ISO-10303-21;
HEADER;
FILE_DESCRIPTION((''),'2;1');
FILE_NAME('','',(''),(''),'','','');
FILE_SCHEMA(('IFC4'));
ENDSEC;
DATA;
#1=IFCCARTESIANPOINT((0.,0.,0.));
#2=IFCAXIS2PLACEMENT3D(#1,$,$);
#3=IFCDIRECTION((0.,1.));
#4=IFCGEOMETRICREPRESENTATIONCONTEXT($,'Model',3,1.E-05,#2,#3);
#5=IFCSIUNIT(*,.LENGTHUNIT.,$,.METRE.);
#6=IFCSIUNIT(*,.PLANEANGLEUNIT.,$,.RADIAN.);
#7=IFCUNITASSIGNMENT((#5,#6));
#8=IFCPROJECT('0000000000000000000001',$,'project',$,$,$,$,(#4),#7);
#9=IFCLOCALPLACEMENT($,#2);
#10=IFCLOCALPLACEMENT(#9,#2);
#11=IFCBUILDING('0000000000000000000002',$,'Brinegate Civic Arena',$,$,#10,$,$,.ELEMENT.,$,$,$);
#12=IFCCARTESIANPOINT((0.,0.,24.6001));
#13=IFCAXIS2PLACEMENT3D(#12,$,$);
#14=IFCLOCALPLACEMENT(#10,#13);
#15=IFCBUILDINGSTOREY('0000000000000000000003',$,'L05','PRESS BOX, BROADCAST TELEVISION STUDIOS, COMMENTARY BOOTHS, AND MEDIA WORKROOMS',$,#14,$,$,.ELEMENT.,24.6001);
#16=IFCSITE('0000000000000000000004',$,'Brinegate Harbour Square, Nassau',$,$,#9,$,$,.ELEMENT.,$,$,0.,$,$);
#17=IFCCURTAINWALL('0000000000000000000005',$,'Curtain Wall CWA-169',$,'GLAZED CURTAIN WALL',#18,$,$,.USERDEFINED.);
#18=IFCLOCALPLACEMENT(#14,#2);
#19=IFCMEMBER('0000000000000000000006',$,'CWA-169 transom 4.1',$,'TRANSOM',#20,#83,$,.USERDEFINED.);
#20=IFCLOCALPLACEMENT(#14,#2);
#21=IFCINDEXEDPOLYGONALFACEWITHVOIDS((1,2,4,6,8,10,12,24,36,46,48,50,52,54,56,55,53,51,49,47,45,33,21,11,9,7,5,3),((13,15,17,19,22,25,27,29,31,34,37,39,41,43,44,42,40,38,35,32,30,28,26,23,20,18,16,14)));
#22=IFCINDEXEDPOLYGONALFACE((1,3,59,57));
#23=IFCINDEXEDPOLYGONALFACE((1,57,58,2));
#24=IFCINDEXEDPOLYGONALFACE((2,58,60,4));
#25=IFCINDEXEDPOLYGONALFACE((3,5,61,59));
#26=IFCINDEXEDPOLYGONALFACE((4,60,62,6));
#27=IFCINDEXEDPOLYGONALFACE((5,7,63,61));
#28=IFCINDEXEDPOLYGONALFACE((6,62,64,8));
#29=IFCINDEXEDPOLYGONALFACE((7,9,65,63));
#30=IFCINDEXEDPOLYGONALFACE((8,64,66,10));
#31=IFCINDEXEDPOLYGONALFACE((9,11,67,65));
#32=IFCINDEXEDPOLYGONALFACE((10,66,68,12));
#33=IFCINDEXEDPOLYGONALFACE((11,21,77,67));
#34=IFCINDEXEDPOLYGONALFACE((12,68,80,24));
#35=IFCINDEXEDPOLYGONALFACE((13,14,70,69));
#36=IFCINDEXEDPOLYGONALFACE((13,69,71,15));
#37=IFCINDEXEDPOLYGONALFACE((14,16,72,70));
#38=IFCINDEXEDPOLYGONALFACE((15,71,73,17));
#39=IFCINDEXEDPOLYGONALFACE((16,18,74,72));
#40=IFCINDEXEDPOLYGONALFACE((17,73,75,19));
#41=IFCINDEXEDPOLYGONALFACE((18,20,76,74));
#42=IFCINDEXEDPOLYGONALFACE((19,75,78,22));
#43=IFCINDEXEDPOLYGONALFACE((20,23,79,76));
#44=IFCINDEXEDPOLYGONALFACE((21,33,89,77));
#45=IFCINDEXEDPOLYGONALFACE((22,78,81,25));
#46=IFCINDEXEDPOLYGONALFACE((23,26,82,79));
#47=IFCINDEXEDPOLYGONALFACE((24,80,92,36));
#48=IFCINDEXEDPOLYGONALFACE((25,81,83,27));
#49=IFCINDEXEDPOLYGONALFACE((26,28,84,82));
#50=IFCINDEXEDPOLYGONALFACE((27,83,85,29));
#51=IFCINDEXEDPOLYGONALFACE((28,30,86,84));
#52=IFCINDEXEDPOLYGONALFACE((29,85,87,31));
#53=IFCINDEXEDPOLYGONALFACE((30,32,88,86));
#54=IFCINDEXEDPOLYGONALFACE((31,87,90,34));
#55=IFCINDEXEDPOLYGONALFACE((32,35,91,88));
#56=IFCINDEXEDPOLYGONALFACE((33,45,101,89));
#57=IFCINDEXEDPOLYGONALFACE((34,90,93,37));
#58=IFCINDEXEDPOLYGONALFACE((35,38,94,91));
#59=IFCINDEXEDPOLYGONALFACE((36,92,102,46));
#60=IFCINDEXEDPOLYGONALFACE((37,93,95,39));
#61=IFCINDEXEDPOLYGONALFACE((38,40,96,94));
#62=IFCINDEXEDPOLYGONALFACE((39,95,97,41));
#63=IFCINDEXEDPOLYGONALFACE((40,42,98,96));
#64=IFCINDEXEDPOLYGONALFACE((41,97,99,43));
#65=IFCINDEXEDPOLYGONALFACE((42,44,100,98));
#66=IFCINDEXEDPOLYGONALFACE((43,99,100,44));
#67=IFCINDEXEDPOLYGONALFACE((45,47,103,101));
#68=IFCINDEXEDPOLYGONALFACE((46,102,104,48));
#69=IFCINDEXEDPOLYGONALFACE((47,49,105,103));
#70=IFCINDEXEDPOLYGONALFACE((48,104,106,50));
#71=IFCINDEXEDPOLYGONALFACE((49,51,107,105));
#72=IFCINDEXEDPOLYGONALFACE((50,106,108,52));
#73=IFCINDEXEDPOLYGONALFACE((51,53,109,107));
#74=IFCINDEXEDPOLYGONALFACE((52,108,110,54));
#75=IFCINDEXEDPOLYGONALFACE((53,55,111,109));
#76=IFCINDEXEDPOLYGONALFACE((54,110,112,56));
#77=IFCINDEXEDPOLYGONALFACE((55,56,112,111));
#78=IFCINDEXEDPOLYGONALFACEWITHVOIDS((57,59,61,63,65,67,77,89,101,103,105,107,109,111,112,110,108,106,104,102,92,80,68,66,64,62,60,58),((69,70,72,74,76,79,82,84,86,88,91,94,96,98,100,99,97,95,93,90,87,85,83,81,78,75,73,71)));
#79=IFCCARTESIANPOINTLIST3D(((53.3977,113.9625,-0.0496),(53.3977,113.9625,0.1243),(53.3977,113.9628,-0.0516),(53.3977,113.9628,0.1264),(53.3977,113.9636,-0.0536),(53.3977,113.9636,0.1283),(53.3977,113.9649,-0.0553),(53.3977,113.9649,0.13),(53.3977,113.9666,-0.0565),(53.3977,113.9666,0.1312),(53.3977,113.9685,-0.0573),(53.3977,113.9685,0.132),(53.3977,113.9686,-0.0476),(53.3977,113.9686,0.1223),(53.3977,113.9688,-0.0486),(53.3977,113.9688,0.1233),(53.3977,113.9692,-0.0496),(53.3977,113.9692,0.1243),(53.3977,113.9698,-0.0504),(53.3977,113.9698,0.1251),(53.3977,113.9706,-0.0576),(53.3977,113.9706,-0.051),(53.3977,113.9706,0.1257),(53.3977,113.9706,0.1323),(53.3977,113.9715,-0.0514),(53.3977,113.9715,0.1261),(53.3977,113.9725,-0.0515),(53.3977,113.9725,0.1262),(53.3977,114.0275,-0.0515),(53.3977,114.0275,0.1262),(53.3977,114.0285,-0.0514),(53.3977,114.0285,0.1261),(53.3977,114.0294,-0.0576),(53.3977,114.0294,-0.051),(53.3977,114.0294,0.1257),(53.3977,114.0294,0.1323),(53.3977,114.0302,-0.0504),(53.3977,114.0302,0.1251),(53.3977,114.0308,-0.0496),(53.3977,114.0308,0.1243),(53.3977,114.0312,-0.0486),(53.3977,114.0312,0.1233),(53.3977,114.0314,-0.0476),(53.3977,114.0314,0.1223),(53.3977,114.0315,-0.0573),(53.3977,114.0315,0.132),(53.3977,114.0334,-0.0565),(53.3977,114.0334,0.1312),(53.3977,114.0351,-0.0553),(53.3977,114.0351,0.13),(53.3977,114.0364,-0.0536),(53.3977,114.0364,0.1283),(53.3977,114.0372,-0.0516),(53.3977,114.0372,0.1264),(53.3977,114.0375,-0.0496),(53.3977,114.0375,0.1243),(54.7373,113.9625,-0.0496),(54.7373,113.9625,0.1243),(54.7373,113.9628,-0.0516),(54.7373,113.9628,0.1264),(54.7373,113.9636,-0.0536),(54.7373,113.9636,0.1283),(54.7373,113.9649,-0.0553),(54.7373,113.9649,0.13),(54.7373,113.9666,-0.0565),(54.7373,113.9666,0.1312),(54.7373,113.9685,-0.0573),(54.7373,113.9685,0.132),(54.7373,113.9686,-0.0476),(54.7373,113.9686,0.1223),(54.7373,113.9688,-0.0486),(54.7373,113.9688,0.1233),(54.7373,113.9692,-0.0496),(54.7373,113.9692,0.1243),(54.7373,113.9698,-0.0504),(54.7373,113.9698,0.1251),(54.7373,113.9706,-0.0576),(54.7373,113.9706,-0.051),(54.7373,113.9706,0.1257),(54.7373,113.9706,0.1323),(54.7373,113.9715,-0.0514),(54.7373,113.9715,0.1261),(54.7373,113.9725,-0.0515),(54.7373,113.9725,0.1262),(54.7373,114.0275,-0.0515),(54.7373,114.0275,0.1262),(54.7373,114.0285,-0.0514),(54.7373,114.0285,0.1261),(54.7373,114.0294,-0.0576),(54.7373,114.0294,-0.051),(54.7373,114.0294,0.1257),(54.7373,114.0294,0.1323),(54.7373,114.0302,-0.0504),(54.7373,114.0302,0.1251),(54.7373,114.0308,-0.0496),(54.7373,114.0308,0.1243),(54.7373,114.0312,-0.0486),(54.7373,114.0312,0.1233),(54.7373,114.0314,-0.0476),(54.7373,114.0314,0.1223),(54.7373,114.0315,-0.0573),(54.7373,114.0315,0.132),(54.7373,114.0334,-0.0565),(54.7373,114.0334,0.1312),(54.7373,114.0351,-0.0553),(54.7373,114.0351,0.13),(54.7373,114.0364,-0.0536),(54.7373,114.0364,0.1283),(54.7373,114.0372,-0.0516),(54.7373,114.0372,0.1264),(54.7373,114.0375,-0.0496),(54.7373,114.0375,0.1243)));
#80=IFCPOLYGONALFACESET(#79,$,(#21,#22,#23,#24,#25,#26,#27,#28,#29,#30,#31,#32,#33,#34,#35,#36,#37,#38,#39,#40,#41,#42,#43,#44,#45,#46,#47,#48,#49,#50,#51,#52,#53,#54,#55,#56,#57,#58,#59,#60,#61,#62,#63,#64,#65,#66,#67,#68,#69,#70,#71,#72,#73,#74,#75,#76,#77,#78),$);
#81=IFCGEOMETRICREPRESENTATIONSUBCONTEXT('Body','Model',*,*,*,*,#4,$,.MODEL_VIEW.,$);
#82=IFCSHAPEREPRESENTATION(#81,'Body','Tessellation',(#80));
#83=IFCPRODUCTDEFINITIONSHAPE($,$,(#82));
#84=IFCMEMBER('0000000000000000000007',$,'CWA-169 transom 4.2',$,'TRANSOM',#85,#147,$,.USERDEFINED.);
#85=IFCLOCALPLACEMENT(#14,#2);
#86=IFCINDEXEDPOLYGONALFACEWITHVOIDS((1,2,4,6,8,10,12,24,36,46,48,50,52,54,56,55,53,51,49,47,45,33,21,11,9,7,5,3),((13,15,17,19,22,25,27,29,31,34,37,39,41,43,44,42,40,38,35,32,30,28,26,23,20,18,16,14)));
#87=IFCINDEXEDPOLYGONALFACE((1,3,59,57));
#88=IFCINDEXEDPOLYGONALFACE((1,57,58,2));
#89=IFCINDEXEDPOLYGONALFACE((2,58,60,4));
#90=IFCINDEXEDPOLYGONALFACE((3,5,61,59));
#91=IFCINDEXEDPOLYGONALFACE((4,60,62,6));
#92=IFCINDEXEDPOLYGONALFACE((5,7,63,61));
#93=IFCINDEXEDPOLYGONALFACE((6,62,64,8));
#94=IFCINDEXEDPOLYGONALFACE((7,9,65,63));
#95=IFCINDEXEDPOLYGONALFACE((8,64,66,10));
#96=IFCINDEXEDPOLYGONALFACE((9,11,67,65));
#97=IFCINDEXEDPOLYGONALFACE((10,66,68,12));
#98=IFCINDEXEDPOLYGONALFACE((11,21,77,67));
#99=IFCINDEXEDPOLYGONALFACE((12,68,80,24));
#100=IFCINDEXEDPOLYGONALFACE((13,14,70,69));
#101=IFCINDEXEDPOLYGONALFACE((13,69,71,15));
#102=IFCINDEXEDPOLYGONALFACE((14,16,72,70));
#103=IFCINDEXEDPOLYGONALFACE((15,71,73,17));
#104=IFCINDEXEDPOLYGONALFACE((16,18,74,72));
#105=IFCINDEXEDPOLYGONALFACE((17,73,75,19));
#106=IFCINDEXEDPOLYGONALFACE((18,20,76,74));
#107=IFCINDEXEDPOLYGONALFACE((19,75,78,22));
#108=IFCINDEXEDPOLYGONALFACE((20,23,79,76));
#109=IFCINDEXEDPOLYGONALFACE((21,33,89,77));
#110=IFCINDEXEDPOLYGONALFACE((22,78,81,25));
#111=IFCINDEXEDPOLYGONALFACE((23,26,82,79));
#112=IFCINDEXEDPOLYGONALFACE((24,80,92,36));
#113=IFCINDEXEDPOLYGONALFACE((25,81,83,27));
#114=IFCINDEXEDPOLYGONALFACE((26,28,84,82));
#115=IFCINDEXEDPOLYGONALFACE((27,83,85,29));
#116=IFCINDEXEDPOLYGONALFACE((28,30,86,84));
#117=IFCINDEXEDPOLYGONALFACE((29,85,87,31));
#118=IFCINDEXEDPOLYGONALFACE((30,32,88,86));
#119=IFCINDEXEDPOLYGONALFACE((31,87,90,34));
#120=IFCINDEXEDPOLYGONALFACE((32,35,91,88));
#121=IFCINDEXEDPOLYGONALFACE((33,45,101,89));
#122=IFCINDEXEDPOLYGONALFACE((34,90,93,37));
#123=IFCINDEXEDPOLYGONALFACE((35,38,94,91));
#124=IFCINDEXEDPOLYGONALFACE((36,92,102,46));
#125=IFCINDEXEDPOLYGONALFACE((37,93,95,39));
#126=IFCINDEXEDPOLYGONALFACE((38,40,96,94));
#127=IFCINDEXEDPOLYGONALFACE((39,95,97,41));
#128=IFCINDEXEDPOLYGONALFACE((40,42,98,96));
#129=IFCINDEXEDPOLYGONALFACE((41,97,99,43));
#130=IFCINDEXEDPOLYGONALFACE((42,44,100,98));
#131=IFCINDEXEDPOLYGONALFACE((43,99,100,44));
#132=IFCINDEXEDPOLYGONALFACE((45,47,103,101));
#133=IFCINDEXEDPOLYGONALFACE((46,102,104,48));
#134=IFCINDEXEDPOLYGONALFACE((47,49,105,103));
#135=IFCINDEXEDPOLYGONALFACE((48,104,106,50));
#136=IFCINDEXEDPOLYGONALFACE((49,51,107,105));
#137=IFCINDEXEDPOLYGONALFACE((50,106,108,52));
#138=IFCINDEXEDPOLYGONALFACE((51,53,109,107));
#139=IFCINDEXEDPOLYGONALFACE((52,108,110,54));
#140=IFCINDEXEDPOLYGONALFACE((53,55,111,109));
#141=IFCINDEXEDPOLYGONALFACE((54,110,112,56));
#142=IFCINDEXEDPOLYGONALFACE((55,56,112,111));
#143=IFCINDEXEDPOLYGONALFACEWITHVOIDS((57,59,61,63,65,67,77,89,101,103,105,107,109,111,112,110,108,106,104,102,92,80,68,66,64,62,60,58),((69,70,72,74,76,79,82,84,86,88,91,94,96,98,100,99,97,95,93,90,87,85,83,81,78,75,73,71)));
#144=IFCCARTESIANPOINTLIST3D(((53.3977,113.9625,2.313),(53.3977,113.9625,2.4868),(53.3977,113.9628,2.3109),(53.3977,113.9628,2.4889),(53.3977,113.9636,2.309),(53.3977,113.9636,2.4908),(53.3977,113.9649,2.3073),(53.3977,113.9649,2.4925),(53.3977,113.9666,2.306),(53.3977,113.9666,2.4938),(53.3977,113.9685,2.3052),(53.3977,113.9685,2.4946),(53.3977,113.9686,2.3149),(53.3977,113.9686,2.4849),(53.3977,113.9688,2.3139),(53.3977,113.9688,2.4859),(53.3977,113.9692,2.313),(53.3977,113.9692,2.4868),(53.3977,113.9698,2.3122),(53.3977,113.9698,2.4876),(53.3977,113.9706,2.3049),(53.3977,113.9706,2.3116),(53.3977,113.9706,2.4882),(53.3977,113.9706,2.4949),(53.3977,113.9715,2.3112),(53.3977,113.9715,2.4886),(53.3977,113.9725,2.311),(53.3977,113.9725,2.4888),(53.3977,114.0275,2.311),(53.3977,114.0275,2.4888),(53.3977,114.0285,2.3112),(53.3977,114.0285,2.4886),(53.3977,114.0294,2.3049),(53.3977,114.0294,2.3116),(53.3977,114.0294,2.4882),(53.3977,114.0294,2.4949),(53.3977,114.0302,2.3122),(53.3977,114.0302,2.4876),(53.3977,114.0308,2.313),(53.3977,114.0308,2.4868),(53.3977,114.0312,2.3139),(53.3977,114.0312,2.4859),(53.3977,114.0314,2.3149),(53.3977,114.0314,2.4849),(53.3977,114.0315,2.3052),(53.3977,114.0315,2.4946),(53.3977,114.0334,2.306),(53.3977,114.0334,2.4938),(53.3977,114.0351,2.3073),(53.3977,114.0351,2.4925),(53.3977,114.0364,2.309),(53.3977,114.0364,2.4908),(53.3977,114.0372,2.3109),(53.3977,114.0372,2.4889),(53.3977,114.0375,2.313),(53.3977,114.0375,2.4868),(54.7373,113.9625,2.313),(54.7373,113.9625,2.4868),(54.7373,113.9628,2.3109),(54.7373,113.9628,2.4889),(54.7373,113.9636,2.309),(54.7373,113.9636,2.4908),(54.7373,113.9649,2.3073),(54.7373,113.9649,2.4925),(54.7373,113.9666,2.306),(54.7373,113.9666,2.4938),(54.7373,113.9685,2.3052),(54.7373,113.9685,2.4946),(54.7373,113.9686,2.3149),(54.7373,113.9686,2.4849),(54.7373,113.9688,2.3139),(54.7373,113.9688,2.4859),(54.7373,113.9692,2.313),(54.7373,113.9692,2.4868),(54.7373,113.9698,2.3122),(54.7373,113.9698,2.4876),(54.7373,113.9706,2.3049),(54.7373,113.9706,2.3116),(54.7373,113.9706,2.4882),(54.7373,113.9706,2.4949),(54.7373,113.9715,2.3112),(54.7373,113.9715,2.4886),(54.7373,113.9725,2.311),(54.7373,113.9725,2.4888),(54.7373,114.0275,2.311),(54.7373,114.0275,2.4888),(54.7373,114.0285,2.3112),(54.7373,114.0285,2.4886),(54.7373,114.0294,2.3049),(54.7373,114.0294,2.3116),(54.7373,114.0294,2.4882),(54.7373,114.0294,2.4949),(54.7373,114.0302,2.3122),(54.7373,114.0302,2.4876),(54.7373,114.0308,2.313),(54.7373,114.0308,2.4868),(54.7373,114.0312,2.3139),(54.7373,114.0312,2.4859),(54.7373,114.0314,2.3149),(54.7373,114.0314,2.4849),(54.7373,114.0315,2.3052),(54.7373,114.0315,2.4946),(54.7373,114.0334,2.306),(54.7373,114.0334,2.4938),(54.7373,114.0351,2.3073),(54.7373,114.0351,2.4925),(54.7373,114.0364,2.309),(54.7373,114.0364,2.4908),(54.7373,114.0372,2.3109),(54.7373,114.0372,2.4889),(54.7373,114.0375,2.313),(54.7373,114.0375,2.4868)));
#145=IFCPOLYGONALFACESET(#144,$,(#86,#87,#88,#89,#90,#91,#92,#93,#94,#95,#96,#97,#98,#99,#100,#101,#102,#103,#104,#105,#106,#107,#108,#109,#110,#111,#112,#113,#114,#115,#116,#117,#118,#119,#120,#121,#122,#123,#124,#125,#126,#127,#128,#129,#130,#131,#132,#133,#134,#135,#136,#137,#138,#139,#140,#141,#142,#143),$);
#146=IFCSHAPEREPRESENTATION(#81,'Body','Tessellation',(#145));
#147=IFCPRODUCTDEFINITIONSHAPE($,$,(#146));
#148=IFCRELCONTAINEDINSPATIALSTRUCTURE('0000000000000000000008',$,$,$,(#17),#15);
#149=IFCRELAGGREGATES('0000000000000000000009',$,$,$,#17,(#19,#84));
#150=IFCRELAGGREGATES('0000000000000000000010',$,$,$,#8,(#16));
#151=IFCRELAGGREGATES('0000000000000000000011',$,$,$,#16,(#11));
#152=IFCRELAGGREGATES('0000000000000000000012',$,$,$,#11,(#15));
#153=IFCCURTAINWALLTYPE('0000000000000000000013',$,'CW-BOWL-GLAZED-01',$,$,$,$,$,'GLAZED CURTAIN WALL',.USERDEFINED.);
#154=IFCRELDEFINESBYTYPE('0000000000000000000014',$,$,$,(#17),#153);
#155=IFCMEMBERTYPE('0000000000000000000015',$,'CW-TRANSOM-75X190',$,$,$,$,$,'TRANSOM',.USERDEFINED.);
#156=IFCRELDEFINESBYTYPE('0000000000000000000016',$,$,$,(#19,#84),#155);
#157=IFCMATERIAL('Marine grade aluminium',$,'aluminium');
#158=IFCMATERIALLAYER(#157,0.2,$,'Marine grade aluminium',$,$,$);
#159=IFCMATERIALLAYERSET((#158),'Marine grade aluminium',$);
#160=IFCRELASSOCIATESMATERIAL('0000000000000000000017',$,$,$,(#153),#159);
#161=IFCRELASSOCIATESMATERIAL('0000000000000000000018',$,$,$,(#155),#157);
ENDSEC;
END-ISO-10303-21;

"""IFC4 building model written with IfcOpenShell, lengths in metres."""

from ifc_helpers import new_model, si_unit, direction, frame, origin, origin_2d, place, context, subcontext, project, spatial, hollow_rectangle, extrude, material, layer, layer_set, material_profile, profile_set, type_object, element, aggregate, save


model = new_model("IFC4")

# Units and contexts
model_context = context("Model", 3, precision=1e-05, world=origin(), true_north=direction((0.0, 1.0)))
body_context = subcontext(model_context, "Body", "Model", "MODEL_VIEW")
ifc_project = project(units=[si_unit("LENGTHUNIT", "METRE"), si_unit("PLANEANGLEUNIT", "RADIAN")], contexts=[model_context])

# Site, building, storey
site_placement = place(None, origin())
site = spatial("IfcSite", under=ifc_project, at=site_placement, Name="Brinegate Harbour Square, Nassau", CompositionType="ELEMENT", RefElevation=0.0)
building_placement = place(site_placement, origin())
building = spatial("IfcBuilding", under=site, at=building_placement, Name="Brinegate Civic Arena", CompositionType="ELEMENT")
storey_placement = place(building_placement, frame((0.0, 0.0, 24.6001)))
storey = spatial("IfcBuildingStorey", under=building, at=storey_placement, Name="L05", Description="PRESS BOX, BROADCAST TELEVISION STUDIOS, COMMENTARY BOOTHS, AND MEDIA WORKROOMS", CompositionType="ELEMENT", Elevation=24.6001)

# Curtain wall
ifc_material_1 = material(Name="Marine grade aluminium", Category="aluminium")
ifc_layer_1 = layer(ifc_material_1, 0.2, Name="Marine grade aluminium")
ifc_layer_set_1 = layer_set([ifc_layer_1], Name="Marine grade aluminium")
curtain_wall_type = type_object("IfcCurtainWallType", Name="CW-BOWL-GLAZED-01", ElementType="GLAZED CURTAIN WALL", PredefinedType="USERDEFINED", material=ifc_layer_set_1)
curtain_wall_1_placement = place(storey_placement, origin())
curtain_wall_1 = element("IfcCurtainWall", 1, at=curtain_wall_1_placement, inside=storey, type_object=curtain_wall_type, Name="Curtain Wall CWA-169", ObjectType="GLAZED CURTAIN WALL", PredefinedType="USERDEFINED")

# Members
ifc_material_profile_1 = material_profile(ifc_material_1, hollow_rectangle(XDim=0.075, YDim=0.1899, WallThickness=0.0061, InnerFilletRadius=0.0039, OuterFilletRadius=0.0081, at=origin_2d()), Name="TRN75X190")
ifc_profile_set_1 = profile_set([ifc_material_profile_1], Name="Marine grade aluminium")
member_type_1 = type_object("IfcMemberType", Name="CW-TRANSOM-75X190", ElementType="TRANSOM", PredefinedType="USERDEFINED", material=ifc_profile_set_1)
member_1_placement = place(storey_placement, frame((53.3977, 114.0, 0.0374), z_axis=(1.0, 0.0, 0.0), x_axis=(0.0, 1.0, 0.0)))
member_1 = element("IfcMember", 2, at=member_1_placement, type_object=member_type_1, Name="CWA-169 transom 4.1", ObjectType="TRANSOM", PredefinedType="USERDEFINED", context=body_context, shape_type="SweptSolid", body=[
    extrude(hollow_rectangle(XDim=0.075, YDim=0.1899, WallThickness=0.0061, InnerFilletRadius=0.0039, OuterFilletRadius=0.0081, at=origin_2d()), origin(), (0.0, 0.0, 1.0), 1.3396),
])
member_2_placement = place(storey_placement, frame((53.3977, 114.0, 2.3999), z_axis=(1.0, 0.0, 0.0), x_axis=(0.0, 1.0, 0.0)))
member_2 = element("IfcMember", 3, at=member_2_placement, type_object=member_type_1, Name="CWA-169 transom 4.2", ObjectType="TRANSOM", PredefinedType="USERDEFINED", context=body_context, shape_type="SweptSolid", body=[
    extrude(hollow_rectangle(XDim=0.075, YDim=0.1899, WallThickness=0.0061, InnerFilletRadius=0.0039, OuterFilletRadius=0.0081, at=origin_2d()), origin(), (0.0, 0.0, 1.0), 1.3396),
])

aggregate(curtain_wall_1, [member_1, member_2])

save(model, "model.ifc")
